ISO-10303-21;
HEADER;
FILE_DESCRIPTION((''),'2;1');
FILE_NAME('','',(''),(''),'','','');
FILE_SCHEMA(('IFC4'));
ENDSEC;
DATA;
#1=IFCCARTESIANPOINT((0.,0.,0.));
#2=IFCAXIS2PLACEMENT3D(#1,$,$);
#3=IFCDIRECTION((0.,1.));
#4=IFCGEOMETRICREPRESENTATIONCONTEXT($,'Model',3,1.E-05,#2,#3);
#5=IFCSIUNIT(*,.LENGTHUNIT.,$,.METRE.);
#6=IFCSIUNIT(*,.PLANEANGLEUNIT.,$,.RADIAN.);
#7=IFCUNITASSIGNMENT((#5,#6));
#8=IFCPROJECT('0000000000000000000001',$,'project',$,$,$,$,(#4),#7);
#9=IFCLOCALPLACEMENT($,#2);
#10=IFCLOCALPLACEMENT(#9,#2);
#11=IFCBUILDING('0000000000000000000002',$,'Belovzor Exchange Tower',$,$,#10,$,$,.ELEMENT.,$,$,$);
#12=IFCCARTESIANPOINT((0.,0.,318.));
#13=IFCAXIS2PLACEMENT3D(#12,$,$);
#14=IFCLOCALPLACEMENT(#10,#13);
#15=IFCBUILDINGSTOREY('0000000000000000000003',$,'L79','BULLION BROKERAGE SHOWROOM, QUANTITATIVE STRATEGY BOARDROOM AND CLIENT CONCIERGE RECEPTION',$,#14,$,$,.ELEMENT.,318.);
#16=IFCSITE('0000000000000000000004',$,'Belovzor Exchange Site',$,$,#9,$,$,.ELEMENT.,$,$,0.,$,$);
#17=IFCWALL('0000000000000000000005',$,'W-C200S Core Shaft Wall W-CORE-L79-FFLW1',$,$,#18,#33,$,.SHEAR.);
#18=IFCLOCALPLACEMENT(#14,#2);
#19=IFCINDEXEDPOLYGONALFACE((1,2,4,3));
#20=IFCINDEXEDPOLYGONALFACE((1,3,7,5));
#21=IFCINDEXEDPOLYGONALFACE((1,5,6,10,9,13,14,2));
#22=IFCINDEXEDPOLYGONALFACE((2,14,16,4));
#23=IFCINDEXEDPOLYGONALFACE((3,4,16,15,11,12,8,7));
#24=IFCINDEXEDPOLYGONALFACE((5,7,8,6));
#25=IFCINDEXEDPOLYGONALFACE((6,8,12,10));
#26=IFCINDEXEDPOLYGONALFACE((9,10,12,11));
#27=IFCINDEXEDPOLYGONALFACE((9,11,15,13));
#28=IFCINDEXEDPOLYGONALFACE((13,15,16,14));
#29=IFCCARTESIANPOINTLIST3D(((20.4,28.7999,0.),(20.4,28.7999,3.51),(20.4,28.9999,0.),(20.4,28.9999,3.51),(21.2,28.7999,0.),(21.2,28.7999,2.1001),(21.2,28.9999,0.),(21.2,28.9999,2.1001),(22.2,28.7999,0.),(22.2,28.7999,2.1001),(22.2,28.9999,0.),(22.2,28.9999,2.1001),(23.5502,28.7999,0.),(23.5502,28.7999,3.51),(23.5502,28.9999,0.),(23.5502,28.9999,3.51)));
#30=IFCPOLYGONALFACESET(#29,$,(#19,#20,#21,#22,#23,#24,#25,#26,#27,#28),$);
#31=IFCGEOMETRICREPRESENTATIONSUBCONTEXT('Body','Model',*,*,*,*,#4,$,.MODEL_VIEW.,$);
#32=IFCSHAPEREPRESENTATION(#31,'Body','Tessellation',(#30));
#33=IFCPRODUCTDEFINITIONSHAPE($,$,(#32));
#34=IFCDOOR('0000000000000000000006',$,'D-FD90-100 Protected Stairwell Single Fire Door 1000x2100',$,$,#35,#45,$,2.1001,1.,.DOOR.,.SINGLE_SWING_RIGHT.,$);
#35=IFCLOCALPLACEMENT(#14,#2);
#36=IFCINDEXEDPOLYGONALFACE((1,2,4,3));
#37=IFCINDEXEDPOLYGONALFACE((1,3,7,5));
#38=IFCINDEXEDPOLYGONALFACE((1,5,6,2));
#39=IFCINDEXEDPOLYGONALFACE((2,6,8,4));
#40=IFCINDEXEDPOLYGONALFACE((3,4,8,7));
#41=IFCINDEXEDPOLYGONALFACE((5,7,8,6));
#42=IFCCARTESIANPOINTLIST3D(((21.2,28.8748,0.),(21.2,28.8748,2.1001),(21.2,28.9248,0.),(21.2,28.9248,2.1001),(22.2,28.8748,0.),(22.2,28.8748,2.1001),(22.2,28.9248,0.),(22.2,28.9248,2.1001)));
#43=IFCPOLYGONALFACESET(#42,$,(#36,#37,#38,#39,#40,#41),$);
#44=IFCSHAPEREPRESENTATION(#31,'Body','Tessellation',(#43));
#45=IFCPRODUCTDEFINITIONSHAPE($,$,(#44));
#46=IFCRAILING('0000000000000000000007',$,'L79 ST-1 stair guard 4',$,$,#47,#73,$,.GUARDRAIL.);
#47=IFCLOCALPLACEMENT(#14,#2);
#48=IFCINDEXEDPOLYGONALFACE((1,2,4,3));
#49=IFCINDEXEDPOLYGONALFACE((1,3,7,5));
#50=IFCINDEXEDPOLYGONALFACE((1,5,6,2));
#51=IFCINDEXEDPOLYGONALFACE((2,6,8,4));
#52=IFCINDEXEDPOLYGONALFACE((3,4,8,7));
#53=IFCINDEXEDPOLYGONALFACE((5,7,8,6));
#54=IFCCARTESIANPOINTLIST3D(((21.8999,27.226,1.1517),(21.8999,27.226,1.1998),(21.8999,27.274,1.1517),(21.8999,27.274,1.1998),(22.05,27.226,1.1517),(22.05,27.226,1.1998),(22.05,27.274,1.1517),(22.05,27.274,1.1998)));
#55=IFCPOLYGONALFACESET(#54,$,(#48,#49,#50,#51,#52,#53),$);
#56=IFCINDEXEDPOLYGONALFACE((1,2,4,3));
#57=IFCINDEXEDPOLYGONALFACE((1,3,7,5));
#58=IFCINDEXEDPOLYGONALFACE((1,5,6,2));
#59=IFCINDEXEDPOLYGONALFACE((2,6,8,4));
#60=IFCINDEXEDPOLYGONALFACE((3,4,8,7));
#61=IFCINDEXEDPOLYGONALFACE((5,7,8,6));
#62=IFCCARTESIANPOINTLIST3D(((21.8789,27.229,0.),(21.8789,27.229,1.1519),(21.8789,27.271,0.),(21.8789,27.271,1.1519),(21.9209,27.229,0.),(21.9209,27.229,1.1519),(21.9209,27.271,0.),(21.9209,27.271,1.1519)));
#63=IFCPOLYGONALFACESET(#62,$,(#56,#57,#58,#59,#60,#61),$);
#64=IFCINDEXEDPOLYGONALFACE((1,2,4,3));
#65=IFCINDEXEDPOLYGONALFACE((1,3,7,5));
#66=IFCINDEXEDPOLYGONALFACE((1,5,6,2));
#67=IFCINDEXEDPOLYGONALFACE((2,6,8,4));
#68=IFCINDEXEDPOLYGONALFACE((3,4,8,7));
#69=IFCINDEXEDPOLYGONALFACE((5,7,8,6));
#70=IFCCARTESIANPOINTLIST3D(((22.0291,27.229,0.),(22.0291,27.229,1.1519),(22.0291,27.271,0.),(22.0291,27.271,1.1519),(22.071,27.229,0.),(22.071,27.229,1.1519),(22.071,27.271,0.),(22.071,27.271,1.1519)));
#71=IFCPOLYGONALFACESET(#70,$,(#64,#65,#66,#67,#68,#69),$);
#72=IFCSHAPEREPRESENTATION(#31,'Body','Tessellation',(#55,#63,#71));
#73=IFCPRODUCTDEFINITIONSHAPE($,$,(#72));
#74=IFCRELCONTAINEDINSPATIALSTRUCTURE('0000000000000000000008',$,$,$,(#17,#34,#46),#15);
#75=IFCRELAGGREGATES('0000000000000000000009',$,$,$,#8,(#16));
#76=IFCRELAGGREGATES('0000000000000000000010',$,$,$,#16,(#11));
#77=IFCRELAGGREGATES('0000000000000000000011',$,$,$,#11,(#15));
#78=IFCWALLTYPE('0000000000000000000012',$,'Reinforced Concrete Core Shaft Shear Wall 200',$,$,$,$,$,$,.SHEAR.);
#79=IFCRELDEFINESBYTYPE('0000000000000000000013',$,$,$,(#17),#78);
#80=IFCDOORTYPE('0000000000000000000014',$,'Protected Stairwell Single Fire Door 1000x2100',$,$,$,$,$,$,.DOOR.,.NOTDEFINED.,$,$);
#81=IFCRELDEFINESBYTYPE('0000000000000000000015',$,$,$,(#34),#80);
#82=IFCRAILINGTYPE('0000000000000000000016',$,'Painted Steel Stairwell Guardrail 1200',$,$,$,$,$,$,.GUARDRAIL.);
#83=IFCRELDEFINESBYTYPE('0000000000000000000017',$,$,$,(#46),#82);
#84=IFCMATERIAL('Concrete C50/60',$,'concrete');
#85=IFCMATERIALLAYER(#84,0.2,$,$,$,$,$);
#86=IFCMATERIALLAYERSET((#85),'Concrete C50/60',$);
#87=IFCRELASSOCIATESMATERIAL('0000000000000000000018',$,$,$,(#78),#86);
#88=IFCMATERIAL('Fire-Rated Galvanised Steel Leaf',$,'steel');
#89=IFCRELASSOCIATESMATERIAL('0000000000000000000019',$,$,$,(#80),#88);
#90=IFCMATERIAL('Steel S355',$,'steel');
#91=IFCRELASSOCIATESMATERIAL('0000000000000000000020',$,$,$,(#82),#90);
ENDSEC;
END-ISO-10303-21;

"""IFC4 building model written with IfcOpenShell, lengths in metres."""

from ifc_helpers import new_model, si_unit, direction, frame, frame_2d, origin, origin_2d, place, context, subcontext, project, spatial, rectangle, extrude, material, layer, layer_set, type_object, element, fill, save


model = new_model("IFC4")

# Units and contexts
model_context = context("Model", 3, precision=1e-05, world=origin(), true_north=direction((0.0, 1.0)))
body_context = subcontext(model_context, "Body", "Model", "MODEL_VIEW")
ifc_project = project(units=[si_unit("LENGTHUNIT", "METRE"), si_unit("PLANEANGLEUNIT", "RADIAN")], contexts=[model_context])

# Site, building, storey
site_placement = place(None, origin())
site = spatial("IfcSite", under=ifc_project, at=site_placement, Name="Belovzor Exchange Site", CompositionType="ELEMENT", RefElevation=0.0)
building_placement = place(site_placement, origin())
building = spatial("IfcBuilding", under=site, at=building_placement, Name="Belovzor Exchange Tower", CompositionType="ELEMENT")
storey_placement = place(building_placement, frame((0.0, 0.0, 318.0)))
storey = spatial("IfcBuildingStorey", under=building, at=storey_placement, Name="L79", Description="BULLION BROKERAGE SHOWROOM, QUANTITATIVE STRATEGY BOARDROOM AND CLIENT CONCIERGE RECEPTION", CompositionType="ELEMENT", Elevation=318.0)

# Wall, opening, door
ifc_material_1 = material(Name="Concrete C50/60", Category="concrete")
ifc_layer_1 = layer(ifc_material_1, 0.2)
ifc_layer_set_1 = layer_set([ifc_layer_1], Name="Concrete C50/60")
wall_type_1 = type_object("IfcWallType", Name="Reinforced Concrete Core Shaft Shear Wall 200", PredefinedType="SHEAR", material=ifc_layer_set_1)
wall_1_placement = place(storey_placement, frame((20.3999, 28.8999, 0.0), z_axis=(0.0, 0.0, 1.0), x_axis=(1.0, 0.0, 0.0)))
wall_1 = element("IfcWall", 1, at=wall_1_placement, inside=storey, type_object=wall_type_1, Name="W-C200S Core Shaft Wall W-CORE-L79-FFLW1", PredefinedType="SHEAR", context=body_context, shape_type="SweptSolid", body=[
    extrude(rectangle(XDim=3.1501, YDim=0.2, at=frame_2d((1.5752, 0.0))), origin(), (0.0, 0.0, 1.0), 3.51),
])
opening_1_placement = place(wall_1_placement, frame((0.8, 0.0, 0.0)))
opening_1 = element("IfcOpeningElement", 2, at=opening_1_placement, cuts=wall_1, PredefinedType="OPENING", context=body_context, shape_type="SweptSolid", body=[
    extrude(rectangle(XDim=1.0, YDim=2.1001, at=frame_2d((0.5, 1.05))), frame((0.0, 0.1099, 0.0), z_axis=(0.0, -1.0, 0.0), x_axis=(1.0, 0.0, 0.0)), (0.0, 0.0, 1.0), 0.22),
])
ifc_material_2 = material(Name="Fire-Rated Galvanised Steel Leaf", Category="steel")
door_type_1 = type_object("IfcDoorType", Name="Protected Stairwell Single Fire Door 1000x2100", OperationType="NOTDEFINED", PredefinedType="DOOR", material=ifc_material_2)
door_1_placement = place(opening_1_placement, origin())
door_1 = element("IfcDoor", 3, at=door_1_placement, inside=storey, type_object=door_type_1, Name="D-FD90-100 Protected Stairwell Single Fire Door 1000x2100", OperationType="SINGLE_SWING_RIGHT", OverallHeight=2.1001, OverallWidth=1.0, PredefinedType="DOOR", context=body_context, shape_type="SweptSolid", body=[
    extrude(rectangle(XDim=1.0, YDim=2.1001, at=frame_2d((0.5, 1.05))), frame((0.0, 0.0249, 0.0), z_axis=(0.0, -1.0, 0.0), x_axis=(1.0, 0.0, 0.0)), (0.0, 0.0, 1.0), 0.05),
])
fill(opening_1, door_1)

# Railing
ifc_material_3 = material(Name="Steel S355", Category="steel")
railing_type = type_object("IfcRailingType", Name="Painted Steel Stairwell Guardrail 1200", PredefinedType="GUARDRAIL", material=ifc_material_3)
railing_placement = place(storey_placement, frame((21.8999, 27.25, 0.0)))
element("IfcRailing", 4, at=railing_placement, inside=storey, type_object=railing_type, Name="L79 ST-1 stair guard 4", PredefinedType="GUARDRAIL", context=body_context, shape_type="SweptSolid", body=[
    extrude(rectangle(XDim=0.0481, YDim=0.0481, at=origin_2d()), frame((0.0, 0.0, 1.1758), z_axis=(1.0, 0.0, 0.0), x_axis=(0.0, 1.0, 0.0)), (0.0, 0.0, 1.0), 0.1501),
    extrude(rectangle(XDim=0.042, YDim=0.042, at=origin_2d()), origin(), (0.0, 0.0, 1.0), 1.1519),
    extrude(rectangle(XDim=0.042, YDim=0.042, at=origin_2d()), frame((0.1501, 0.0, 0.0)), (0.0, 0.0, 1.0), 1.1519),
])

save(model, "model.ifc")
